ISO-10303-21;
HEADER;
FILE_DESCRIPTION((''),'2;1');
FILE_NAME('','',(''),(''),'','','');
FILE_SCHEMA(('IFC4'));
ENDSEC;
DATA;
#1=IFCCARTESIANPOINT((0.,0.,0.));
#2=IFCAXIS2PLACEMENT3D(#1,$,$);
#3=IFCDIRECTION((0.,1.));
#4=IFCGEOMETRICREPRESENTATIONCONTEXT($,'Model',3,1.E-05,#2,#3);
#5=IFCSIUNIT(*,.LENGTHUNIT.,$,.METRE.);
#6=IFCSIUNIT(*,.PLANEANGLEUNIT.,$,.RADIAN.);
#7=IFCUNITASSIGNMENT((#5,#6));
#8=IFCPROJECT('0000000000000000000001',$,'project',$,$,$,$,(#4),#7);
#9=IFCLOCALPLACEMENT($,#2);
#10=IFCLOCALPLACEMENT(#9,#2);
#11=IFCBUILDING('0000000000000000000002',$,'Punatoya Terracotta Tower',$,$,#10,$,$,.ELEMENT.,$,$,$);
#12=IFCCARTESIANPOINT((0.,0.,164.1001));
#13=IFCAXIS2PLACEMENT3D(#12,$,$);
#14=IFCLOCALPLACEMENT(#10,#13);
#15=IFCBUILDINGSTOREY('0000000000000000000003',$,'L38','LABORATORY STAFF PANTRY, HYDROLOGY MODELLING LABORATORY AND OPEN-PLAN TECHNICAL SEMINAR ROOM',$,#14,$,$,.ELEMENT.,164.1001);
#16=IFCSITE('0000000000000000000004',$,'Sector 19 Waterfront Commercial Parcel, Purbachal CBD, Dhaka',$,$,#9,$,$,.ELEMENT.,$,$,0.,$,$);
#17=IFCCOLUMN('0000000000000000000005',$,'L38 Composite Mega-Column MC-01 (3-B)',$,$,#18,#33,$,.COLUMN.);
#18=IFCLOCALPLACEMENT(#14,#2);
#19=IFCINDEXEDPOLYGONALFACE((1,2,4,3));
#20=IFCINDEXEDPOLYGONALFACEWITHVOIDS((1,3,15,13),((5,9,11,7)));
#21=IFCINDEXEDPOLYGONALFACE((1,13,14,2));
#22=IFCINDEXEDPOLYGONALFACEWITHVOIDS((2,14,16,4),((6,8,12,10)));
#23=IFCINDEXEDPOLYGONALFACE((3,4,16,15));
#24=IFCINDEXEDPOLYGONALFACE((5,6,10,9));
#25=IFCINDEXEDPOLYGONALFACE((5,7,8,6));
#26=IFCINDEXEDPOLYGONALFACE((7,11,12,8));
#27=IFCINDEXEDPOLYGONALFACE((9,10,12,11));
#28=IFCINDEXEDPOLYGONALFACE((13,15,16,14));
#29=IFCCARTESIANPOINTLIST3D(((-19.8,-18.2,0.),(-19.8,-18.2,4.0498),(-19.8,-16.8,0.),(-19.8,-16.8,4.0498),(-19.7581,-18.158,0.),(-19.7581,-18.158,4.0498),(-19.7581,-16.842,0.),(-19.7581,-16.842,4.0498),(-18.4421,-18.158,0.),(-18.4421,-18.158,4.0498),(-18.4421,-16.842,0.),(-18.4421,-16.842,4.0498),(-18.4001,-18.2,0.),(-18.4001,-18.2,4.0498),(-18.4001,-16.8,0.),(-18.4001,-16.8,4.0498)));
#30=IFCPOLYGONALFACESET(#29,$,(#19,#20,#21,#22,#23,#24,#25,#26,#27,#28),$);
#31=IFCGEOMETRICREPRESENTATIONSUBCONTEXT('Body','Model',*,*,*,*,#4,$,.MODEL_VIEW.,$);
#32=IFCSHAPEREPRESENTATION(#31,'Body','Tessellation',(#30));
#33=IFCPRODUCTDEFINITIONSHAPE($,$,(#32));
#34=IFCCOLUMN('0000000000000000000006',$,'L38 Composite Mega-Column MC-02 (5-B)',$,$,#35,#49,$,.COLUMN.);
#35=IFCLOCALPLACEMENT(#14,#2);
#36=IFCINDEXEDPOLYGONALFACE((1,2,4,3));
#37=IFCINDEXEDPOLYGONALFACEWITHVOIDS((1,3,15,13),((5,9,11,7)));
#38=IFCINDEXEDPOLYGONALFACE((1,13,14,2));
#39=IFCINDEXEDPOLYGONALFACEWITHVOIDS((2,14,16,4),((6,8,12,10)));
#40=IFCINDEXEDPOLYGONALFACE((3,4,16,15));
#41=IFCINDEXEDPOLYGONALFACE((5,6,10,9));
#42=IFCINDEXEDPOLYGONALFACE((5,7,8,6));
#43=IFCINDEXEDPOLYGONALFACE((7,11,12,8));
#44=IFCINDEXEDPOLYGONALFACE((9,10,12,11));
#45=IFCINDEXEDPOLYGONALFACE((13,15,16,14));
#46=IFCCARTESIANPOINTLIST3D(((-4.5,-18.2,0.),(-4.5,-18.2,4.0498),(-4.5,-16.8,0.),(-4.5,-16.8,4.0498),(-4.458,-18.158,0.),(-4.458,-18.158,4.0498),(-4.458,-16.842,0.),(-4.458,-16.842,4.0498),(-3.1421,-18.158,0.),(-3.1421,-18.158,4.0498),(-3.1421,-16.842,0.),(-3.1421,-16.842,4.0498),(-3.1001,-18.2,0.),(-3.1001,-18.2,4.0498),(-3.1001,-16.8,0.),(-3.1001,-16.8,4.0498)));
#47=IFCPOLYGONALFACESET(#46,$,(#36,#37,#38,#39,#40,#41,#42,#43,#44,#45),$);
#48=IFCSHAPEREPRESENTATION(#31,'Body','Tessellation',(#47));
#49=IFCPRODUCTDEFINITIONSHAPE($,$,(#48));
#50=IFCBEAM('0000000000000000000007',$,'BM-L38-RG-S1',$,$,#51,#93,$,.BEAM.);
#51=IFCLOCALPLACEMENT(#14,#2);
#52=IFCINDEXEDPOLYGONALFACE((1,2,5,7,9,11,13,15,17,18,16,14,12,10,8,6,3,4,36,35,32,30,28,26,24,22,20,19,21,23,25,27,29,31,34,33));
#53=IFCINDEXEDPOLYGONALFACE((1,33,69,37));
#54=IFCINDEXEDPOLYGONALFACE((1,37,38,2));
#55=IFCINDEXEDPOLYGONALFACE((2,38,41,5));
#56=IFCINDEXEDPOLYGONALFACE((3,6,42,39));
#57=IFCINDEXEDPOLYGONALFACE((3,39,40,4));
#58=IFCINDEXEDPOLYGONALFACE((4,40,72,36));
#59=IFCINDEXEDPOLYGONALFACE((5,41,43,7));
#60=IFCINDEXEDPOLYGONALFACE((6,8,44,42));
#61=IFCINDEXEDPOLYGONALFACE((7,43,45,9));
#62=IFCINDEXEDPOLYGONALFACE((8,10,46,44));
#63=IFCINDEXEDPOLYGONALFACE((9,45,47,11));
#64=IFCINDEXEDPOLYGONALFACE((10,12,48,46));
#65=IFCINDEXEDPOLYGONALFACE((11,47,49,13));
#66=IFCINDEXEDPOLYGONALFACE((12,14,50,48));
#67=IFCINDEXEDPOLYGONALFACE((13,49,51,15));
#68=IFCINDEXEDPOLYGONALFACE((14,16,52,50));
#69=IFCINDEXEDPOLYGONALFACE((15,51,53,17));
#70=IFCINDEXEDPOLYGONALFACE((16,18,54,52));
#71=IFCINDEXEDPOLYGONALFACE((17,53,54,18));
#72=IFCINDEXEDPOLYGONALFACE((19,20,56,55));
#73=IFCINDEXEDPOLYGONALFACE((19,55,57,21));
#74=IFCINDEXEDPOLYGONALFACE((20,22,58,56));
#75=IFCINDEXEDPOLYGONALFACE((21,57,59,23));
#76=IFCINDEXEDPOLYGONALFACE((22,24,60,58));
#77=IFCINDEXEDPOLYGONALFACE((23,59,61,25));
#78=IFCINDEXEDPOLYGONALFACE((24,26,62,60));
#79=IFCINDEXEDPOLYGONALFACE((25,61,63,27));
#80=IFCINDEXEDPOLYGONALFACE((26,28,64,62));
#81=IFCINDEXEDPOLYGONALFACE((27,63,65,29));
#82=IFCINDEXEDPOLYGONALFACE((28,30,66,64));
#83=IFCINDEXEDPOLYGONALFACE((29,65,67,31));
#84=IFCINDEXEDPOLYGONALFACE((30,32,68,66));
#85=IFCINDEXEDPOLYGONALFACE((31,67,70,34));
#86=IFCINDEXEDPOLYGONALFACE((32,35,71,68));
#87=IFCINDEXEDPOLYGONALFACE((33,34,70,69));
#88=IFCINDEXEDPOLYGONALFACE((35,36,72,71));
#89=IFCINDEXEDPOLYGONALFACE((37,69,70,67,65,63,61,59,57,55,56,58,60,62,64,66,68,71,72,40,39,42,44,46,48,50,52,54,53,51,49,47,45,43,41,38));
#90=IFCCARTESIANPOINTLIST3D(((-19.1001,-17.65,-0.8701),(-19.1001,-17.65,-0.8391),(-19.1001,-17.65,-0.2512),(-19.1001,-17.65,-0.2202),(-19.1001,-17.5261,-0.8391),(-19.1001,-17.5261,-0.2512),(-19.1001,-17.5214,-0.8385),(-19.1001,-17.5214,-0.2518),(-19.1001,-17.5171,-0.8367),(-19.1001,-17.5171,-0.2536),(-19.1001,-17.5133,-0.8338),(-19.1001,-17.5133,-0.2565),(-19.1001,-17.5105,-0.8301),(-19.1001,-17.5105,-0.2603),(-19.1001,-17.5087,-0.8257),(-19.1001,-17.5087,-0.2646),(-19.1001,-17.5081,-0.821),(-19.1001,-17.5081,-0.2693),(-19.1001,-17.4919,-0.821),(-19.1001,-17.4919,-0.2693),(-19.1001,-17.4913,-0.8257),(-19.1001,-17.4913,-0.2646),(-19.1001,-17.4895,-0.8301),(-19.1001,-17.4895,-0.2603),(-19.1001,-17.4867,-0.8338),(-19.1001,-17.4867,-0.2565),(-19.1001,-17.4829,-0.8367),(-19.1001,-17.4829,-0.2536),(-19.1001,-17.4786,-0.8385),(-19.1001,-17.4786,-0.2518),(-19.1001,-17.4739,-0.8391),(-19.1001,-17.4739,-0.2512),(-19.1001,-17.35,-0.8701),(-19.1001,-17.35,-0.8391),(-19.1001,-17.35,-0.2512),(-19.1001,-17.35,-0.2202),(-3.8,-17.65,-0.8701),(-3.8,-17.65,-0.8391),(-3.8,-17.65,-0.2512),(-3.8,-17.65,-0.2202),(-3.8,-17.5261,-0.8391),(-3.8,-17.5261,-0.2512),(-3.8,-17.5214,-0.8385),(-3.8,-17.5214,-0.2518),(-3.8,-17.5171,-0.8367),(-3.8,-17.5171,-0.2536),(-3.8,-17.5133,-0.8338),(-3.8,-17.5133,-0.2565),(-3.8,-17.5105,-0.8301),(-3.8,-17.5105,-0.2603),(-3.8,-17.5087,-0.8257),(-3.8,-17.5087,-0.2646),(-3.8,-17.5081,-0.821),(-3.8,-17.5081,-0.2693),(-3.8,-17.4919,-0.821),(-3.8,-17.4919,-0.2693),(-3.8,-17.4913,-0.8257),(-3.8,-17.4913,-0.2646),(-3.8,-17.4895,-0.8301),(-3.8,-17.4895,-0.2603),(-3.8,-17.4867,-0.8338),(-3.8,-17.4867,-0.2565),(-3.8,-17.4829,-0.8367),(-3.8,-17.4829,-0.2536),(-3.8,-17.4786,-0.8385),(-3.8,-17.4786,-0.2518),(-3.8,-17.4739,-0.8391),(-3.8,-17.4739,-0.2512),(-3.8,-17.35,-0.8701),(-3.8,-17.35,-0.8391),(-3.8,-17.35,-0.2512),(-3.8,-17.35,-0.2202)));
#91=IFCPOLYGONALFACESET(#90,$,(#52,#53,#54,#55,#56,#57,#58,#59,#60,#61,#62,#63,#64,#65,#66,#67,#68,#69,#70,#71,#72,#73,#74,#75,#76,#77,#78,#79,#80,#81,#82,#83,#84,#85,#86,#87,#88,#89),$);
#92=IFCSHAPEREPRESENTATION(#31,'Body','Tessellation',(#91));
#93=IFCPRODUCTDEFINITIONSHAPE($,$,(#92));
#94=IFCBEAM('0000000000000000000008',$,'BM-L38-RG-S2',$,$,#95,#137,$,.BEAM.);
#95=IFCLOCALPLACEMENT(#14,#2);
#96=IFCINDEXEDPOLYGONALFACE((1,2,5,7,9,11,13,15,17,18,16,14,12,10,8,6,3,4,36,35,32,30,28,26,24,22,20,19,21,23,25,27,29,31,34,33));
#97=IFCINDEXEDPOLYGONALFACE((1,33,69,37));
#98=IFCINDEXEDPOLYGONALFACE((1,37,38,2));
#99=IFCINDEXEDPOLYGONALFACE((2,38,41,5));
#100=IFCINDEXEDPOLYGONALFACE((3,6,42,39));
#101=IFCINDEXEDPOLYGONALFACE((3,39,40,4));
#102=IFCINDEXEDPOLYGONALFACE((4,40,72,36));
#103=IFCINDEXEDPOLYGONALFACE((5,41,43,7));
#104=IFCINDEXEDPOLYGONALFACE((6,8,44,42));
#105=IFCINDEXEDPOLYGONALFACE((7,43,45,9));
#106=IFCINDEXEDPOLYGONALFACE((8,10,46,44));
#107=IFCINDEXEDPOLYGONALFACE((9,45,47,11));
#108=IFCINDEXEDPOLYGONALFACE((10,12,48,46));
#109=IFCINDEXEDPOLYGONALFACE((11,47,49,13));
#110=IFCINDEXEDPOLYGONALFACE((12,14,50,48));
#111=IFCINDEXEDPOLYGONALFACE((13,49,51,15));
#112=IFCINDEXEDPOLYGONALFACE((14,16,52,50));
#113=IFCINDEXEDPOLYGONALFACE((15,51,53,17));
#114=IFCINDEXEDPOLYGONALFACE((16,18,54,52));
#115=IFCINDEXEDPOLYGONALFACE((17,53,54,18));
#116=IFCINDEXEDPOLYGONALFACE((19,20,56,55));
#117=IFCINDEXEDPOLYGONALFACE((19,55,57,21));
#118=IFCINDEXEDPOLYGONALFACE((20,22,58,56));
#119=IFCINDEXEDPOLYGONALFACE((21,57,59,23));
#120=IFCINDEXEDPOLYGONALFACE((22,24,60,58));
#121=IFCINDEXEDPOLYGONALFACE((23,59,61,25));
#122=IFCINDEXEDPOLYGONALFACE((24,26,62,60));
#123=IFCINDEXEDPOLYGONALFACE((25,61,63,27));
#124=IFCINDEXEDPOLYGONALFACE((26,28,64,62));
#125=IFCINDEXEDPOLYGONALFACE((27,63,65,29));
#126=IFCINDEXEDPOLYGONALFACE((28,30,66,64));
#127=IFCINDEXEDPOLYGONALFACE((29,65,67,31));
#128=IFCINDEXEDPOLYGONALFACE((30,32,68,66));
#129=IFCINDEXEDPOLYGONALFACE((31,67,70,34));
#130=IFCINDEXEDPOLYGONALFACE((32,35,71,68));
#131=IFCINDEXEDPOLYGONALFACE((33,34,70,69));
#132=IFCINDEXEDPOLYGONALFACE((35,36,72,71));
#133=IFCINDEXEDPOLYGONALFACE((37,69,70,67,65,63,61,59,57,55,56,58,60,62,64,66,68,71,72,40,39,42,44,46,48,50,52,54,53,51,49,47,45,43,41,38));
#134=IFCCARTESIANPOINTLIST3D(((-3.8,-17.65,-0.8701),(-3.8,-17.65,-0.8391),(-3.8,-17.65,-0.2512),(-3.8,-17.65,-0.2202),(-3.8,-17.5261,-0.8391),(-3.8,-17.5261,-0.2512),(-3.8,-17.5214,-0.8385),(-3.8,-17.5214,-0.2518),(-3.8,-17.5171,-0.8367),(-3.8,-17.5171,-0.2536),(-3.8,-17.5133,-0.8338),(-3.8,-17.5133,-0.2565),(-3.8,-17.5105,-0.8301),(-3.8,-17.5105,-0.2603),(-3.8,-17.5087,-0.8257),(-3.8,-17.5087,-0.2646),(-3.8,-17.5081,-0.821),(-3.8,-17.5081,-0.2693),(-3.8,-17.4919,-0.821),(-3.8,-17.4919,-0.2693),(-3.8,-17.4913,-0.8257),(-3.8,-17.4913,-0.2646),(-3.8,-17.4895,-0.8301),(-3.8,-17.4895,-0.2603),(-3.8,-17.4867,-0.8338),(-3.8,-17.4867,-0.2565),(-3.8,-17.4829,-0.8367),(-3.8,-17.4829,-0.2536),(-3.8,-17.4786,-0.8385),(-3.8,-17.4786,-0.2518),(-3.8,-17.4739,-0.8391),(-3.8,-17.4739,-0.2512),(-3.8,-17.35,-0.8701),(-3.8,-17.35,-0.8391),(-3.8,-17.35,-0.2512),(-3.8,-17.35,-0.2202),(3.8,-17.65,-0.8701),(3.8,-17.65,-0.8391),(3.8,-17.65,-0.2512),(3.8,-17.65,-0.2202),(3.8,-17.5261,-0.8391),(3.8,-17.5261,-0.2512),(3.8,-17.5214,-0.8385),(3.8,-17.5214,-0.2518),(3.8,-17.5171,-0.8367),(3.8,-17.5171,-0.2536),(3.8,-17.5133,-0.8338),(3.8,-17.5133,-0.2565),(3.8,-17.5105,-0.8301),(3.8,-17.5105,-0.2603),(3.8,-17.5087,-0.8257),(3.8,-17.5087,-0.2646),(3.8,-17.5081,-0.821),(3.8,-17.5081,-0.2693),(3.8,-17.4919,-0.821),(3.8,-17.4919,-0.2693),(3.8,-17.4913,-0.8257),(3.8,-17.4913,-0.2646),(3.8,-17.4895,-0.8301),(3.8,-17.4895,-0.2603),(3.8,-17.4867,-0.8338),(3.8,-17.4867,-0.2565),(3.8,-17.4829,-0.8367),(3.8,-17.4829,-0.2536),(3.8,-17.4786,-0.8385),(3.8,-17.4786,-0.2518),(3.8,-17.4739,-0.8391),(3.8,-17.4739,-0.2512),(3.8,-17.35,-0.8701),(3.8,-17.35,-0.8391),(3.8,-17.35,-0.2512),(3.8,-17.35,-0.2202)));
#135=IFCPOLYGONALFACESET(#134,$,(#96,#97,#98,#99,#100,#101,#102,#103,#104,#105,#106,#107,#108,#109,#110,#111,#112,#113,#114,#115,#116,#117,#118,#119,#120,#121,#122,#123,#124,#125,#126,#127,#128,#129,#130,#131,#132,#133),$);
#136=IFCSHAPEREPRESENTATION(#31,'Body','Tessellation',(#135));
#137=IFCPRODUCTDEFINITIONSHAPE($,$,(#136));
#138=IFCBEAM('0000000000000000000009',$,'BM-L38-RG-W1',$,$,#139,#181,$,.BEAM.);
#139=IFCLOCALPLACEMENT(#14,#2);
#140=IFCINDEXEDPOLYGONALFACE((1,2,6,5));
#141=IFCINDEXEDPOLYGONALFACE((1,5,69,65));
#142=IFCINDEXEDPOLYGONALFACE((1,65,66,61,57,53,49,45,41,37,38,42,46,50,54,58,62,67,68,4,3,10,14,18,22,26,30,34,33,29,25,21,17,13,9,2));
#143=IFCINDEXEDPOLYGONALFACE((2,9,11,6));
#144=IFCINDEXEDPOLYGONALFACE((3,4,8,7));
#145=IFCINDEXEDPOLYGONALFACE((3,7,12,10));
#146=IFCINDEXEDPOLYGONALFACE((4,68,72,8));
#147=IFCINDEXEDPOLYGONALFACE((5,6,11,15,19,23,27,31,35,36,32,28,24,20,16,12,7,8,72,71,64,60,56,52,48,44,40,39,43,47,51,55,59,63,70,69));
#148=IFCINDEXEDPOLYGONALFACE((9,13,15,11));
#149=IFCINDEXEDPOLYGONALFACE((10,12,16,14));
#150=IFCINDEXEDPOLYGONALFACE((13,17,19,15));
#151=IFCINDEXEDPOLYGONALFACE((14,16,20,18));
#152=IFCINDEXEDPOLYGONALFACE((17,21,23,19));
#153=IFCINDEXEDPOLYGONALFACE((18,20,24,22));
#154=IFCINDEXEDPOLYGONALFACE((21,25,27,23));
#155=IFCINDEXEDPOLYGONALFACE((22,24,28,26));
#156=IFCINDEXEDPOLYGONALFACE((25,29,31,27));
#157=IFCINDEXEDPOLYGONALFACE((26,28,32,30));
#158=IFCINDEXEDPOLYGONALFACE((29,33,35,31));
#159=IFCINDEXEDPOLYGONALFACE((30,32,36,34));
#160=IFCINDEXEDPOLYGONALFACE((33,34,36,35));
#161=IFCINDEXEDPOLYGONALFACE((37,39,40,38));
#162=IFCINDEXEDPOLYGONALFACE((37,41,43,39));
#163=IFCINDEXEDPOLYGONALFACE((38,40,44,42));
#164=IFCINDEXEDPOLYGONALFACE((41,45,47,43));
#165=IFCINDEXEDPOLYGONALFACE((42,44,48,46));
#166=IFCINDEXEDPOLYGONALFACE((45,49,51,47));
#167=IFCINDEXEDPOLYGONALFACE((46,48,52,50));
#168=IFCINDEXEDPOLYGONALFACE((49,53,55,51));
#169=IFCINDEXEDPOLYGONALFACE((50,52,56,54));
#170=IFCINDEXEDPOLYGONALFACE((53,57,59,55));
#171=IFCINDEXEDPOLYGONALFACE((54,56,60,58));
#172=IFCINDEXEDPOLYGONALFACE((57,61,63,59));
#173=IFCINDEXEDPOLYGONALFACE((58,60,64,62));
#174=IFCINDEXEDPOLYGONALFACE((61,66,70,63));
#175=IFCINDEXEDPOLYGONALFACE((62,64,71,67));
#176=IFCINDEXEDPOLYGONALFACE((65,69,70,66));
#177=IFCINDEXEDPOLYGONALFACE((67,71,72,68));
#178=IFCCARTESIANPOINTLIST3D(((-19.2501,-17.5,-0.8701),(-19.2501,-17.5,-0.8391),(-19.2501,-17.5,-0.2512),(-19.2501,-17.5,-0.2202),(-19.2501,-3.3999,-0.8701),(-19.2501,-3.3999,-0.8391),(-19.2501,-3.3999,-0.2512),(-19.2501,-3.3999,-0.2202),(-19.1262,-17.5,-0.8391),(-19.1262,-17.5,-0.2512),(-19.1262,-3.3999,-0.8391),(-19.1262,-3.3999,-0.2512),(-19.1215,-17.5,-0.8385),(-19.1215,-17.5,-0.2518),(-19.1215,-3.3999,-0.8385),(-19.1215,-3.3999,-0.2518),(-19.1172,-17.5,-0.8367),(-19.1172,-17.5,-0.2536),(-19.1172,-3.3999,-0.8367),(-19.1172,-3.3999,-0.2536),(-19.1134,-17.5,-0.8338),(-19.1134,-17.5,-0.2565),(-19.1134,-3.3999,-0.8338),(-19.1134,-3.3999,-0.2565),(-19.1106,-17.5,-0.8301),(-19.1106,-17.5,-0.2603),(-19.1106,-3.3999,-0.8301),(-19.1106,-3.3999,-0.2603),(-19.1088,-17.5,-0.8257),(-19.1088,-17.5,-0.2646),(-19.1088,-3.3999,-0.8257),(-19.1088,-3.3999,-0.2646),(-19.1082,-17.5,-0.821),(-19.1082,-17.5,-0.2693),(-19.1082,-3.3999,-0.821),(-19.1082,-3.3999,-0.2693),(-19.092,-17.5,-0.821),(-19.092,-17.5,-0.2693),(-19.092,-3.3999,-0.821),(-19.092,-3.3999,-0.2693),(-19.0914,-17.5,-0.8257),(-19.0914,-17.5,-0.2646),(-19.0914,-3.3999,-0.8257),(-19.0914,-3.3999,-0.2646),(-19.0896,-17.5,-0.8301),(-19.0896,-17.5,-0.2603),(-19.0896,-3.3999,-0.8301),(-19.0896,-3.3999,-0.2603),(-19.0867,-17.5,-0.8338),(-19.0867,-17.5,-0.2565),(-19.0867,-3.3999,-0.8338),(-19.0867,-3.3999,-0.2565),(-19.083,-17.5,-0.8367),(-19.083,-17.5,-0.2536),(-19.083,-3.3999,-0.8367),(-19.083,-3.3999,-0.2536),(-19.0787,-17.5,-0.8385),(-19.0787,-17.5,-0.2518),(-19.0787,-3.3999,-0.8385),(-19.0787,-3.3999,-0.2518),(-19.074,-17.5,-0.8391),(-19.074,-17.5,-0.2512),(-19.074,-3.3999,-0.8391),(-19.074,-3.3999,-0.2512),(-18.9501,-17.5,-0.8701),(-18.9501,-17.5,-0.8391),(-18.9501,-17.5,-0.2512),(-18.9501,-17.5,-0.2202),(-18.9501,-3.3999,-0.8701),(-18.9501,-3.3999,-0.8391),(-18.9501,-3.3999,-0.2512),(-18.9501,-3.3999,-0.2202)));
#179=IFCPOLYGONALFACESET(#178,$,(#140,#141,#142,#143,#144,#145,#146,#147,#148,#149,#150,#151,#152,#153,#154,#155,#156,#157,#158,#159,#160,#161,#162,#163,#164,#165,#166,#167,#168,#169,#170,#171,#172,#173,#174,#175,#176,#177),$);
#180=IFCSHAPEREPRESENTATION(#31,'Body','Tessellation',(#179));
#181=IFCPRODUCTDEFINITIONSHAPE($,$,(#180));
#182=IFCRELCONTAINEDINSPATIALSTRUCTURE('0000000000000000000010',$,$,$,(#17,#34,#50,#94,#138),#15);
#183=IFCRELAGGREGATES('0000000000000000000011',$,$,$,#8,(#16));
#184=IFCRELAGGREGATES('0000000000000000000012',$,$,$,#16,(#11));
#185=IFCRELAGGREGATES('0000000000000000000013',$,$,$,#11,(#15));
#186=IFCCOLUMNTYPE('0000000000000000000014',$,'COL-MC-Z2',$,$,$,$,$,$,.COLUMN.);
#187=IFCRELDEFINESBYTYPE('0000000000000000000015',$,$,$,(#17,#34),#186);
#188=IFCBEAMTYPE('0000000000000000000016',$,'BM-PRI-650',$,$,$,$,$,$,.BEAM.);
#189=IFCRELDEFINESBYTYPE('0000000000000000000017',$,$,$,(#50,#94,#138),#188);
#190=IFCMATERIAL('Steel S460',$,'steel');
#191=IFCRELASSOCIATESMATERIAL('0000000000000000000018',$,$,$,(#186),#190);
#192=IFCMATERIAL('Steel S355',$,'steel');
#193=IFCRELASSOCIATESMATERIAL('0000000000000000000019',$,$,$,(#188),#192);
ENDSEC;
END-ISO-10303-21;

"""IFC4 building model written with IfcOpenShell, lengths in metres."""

from ifc_helpers import new_model, si_unit, direction, frame, origin, origin_2d, place, context, subcontext, project, spatial, hollow_rectangle, i_section, extrude, material, material_profile, profile_set, type_object, element, save


model = new_model("IFC4")

# Units and contexts
model_context = context("Model", 3, precision=1e-05, world=origin(), true_north=direction((0.0, 1.0)))
body_context = subcontext(model_context, "Body", "Model", "MODEL_VIEW")
ifc_project = project(units=[si_unit("LENGTHUNIT", "METRE"), si_unit("PLANEANGLEUNIT", "RADIAN")], contexts=[model_context])

# Site, building, storey
site_placement = place(None, origin())
site = spatial("IfcSite", under=ifc_project, at=site_placement, Name="Sector 19 Waterfront Commercial Parcel, Purbachal CBD, Dhaka", CompositionType="ELEMENT", RefElevation=0.0)
building_placement = place(site_placement, origin())
building = spatial("IfcBuilding", under=site, at=building_placement, Name="Punatoya Terracotta Tower", CompositionType="ELEMENT")
storey_placement = place(building_placement, frame((0.0, 0.0, 164.1001)))
storey = spatial("IfcBuildingStorey", under=building, at=storey_placement, Name="L38", Description="LABORATORY STAFF PANTRY, HYDROLOGY MODELLING LABORATORY AND OPEN-PLAN TECHNICAL SEMINAR ROOM", CompositionType="ELEMENT", Elevation=164.1001)

# Columns
ifc_material_1 = material(Name="Steel S460", Category="steel")
ifc_material_profile_1 = material_profile(ifc_material_1, hollow_rectangle(XDim=1.3999, YDim=1.3999, WallThickness=0.042, at=origin_2d()))
ifc_profile_set_1 = profile_set([ifc_material_profile_1], Name="Steel S460")
column_type = type_object("IfcColumnType", Name="COL-MC-Z2", PredefinedType="COLUMN", material=ifc_profile_set_1)
for number, where, z_axis, x_axis, name in (
    (1, (-19.1001, -17.5, 0.0), (0.0, 0.0, 1.0), (1.0, 0.0, 0.0), "L38 Composite Mega-Column MC-01 (3-B)"),
    (2, (-3.8, -17.5, 0.0), (0.0, 0.0, 1.0), (1.0, 0.0, 0.0), "L38 Composite Mega-Column MC-02 (5-B)"),
):
    element("IfcColumn", number, at=place(storey_placement, frame(where, z_axis=z_axis, x_axis=x_axis)), inside=storey, type_object=column_type, Name=name, PredefinedType="COLUMN", context=body_context, shape_type="SweptSolid", body=[
        extrude(hollow_rectangle(XDim=1.3999, YDim=1.3999, WallThickness=0.042, at=origin_2d()), origin(), (0.0, 0.0, 1.0), 4.0498),
    ])

# Beams
ifc_material_2 = material(Name="Steel S355", Category="steel")
ifc_material_profile_2 = material_profile(ifc_material_2, i_section(OverallWidth=0.3, OverallDepth=0.6499, WebThickness=0.0161, FlangeThickness=0.031, FilletRadius=0.0181, at=origin_2d()))
ifc_profile_set_2 = profile_set([ifc_material_profile_2], Name="Steel S355")
beam_type_1 = type_object("IfcBeamType", Name="BM-PRI-650", PredefinedType="BEAM", material=ifc_profile_set_2)
beam_1_placement = place(storey_placement, frame((-19.1001, -17.5, -0.5452), z_axis=(1.0, 0.0, 0.0), x_axis=(0.0, 1.0, 0.0)))
element("IfcBeam", 3, at=beam_1_placement, inside=storey, type_object=beam_type_1, Name="BM-L38-RG-S1", PredefinedType="BEAM", context=body_context, shape_type="SweptSolid", body=[
    extrude(i_section(OverallWidth=0.3, OverallDepth=0.6499, WebThickness=0.0161, FlangeThickness=0.031, FilletRadius=0.0181, at=origin_2d()), origin(), (0.0, 0.0, 1.0), 15.3),
])
beam_2_placement = place(storey_placement, frame((-3.8, -17.5, -0.5452), z_axis=(1.0, 0.0, 0.0), x_axis=(0.0, 1.0, 0.0)))
element("IfcBeam", 4, at=beam_2_placement, inside=storey, type_object=beam_type_1, Name="BM-L38-RG-S2", PredefinedType="BEAM", context=body_context, shape_type="SweptSolid", body=[
    extrude(i_section(OverallWidth=0.3, OverallDepth=0.6499, WebThickness=0.0161, FlangeThickness=0.031, FilletRadius=0.0181, at=origin_2d()), origin(), (0.0, 0.0, 1.0), 7.6001),
])
beam_3_placement = place(storey_placement, frame((-19.1001, -17.5, -0.5452), z_axis=(0.0, 1.0, 0.0), x_axis=(-1.0, 0.0, 0.0)))
element("IfcBeam", 5, at=beam_3_placement, inside=storey, type_object=beam_type_1, Name="BM-L38-RG-W1", PredefinedType="BEAM", context=body_context, shape_type="SweptSolid", body=[
    extrude(i_section(OverallWidth=0.3, OverallDepth=0.6499, WebThickness=0.0161, FlangeThickness=0.031, FilletRadius=0.0181, at=origin_2d()), origin(), (0.0, 0.0, 1.0), 14.1001),
])

save(model, "model.ifc")
